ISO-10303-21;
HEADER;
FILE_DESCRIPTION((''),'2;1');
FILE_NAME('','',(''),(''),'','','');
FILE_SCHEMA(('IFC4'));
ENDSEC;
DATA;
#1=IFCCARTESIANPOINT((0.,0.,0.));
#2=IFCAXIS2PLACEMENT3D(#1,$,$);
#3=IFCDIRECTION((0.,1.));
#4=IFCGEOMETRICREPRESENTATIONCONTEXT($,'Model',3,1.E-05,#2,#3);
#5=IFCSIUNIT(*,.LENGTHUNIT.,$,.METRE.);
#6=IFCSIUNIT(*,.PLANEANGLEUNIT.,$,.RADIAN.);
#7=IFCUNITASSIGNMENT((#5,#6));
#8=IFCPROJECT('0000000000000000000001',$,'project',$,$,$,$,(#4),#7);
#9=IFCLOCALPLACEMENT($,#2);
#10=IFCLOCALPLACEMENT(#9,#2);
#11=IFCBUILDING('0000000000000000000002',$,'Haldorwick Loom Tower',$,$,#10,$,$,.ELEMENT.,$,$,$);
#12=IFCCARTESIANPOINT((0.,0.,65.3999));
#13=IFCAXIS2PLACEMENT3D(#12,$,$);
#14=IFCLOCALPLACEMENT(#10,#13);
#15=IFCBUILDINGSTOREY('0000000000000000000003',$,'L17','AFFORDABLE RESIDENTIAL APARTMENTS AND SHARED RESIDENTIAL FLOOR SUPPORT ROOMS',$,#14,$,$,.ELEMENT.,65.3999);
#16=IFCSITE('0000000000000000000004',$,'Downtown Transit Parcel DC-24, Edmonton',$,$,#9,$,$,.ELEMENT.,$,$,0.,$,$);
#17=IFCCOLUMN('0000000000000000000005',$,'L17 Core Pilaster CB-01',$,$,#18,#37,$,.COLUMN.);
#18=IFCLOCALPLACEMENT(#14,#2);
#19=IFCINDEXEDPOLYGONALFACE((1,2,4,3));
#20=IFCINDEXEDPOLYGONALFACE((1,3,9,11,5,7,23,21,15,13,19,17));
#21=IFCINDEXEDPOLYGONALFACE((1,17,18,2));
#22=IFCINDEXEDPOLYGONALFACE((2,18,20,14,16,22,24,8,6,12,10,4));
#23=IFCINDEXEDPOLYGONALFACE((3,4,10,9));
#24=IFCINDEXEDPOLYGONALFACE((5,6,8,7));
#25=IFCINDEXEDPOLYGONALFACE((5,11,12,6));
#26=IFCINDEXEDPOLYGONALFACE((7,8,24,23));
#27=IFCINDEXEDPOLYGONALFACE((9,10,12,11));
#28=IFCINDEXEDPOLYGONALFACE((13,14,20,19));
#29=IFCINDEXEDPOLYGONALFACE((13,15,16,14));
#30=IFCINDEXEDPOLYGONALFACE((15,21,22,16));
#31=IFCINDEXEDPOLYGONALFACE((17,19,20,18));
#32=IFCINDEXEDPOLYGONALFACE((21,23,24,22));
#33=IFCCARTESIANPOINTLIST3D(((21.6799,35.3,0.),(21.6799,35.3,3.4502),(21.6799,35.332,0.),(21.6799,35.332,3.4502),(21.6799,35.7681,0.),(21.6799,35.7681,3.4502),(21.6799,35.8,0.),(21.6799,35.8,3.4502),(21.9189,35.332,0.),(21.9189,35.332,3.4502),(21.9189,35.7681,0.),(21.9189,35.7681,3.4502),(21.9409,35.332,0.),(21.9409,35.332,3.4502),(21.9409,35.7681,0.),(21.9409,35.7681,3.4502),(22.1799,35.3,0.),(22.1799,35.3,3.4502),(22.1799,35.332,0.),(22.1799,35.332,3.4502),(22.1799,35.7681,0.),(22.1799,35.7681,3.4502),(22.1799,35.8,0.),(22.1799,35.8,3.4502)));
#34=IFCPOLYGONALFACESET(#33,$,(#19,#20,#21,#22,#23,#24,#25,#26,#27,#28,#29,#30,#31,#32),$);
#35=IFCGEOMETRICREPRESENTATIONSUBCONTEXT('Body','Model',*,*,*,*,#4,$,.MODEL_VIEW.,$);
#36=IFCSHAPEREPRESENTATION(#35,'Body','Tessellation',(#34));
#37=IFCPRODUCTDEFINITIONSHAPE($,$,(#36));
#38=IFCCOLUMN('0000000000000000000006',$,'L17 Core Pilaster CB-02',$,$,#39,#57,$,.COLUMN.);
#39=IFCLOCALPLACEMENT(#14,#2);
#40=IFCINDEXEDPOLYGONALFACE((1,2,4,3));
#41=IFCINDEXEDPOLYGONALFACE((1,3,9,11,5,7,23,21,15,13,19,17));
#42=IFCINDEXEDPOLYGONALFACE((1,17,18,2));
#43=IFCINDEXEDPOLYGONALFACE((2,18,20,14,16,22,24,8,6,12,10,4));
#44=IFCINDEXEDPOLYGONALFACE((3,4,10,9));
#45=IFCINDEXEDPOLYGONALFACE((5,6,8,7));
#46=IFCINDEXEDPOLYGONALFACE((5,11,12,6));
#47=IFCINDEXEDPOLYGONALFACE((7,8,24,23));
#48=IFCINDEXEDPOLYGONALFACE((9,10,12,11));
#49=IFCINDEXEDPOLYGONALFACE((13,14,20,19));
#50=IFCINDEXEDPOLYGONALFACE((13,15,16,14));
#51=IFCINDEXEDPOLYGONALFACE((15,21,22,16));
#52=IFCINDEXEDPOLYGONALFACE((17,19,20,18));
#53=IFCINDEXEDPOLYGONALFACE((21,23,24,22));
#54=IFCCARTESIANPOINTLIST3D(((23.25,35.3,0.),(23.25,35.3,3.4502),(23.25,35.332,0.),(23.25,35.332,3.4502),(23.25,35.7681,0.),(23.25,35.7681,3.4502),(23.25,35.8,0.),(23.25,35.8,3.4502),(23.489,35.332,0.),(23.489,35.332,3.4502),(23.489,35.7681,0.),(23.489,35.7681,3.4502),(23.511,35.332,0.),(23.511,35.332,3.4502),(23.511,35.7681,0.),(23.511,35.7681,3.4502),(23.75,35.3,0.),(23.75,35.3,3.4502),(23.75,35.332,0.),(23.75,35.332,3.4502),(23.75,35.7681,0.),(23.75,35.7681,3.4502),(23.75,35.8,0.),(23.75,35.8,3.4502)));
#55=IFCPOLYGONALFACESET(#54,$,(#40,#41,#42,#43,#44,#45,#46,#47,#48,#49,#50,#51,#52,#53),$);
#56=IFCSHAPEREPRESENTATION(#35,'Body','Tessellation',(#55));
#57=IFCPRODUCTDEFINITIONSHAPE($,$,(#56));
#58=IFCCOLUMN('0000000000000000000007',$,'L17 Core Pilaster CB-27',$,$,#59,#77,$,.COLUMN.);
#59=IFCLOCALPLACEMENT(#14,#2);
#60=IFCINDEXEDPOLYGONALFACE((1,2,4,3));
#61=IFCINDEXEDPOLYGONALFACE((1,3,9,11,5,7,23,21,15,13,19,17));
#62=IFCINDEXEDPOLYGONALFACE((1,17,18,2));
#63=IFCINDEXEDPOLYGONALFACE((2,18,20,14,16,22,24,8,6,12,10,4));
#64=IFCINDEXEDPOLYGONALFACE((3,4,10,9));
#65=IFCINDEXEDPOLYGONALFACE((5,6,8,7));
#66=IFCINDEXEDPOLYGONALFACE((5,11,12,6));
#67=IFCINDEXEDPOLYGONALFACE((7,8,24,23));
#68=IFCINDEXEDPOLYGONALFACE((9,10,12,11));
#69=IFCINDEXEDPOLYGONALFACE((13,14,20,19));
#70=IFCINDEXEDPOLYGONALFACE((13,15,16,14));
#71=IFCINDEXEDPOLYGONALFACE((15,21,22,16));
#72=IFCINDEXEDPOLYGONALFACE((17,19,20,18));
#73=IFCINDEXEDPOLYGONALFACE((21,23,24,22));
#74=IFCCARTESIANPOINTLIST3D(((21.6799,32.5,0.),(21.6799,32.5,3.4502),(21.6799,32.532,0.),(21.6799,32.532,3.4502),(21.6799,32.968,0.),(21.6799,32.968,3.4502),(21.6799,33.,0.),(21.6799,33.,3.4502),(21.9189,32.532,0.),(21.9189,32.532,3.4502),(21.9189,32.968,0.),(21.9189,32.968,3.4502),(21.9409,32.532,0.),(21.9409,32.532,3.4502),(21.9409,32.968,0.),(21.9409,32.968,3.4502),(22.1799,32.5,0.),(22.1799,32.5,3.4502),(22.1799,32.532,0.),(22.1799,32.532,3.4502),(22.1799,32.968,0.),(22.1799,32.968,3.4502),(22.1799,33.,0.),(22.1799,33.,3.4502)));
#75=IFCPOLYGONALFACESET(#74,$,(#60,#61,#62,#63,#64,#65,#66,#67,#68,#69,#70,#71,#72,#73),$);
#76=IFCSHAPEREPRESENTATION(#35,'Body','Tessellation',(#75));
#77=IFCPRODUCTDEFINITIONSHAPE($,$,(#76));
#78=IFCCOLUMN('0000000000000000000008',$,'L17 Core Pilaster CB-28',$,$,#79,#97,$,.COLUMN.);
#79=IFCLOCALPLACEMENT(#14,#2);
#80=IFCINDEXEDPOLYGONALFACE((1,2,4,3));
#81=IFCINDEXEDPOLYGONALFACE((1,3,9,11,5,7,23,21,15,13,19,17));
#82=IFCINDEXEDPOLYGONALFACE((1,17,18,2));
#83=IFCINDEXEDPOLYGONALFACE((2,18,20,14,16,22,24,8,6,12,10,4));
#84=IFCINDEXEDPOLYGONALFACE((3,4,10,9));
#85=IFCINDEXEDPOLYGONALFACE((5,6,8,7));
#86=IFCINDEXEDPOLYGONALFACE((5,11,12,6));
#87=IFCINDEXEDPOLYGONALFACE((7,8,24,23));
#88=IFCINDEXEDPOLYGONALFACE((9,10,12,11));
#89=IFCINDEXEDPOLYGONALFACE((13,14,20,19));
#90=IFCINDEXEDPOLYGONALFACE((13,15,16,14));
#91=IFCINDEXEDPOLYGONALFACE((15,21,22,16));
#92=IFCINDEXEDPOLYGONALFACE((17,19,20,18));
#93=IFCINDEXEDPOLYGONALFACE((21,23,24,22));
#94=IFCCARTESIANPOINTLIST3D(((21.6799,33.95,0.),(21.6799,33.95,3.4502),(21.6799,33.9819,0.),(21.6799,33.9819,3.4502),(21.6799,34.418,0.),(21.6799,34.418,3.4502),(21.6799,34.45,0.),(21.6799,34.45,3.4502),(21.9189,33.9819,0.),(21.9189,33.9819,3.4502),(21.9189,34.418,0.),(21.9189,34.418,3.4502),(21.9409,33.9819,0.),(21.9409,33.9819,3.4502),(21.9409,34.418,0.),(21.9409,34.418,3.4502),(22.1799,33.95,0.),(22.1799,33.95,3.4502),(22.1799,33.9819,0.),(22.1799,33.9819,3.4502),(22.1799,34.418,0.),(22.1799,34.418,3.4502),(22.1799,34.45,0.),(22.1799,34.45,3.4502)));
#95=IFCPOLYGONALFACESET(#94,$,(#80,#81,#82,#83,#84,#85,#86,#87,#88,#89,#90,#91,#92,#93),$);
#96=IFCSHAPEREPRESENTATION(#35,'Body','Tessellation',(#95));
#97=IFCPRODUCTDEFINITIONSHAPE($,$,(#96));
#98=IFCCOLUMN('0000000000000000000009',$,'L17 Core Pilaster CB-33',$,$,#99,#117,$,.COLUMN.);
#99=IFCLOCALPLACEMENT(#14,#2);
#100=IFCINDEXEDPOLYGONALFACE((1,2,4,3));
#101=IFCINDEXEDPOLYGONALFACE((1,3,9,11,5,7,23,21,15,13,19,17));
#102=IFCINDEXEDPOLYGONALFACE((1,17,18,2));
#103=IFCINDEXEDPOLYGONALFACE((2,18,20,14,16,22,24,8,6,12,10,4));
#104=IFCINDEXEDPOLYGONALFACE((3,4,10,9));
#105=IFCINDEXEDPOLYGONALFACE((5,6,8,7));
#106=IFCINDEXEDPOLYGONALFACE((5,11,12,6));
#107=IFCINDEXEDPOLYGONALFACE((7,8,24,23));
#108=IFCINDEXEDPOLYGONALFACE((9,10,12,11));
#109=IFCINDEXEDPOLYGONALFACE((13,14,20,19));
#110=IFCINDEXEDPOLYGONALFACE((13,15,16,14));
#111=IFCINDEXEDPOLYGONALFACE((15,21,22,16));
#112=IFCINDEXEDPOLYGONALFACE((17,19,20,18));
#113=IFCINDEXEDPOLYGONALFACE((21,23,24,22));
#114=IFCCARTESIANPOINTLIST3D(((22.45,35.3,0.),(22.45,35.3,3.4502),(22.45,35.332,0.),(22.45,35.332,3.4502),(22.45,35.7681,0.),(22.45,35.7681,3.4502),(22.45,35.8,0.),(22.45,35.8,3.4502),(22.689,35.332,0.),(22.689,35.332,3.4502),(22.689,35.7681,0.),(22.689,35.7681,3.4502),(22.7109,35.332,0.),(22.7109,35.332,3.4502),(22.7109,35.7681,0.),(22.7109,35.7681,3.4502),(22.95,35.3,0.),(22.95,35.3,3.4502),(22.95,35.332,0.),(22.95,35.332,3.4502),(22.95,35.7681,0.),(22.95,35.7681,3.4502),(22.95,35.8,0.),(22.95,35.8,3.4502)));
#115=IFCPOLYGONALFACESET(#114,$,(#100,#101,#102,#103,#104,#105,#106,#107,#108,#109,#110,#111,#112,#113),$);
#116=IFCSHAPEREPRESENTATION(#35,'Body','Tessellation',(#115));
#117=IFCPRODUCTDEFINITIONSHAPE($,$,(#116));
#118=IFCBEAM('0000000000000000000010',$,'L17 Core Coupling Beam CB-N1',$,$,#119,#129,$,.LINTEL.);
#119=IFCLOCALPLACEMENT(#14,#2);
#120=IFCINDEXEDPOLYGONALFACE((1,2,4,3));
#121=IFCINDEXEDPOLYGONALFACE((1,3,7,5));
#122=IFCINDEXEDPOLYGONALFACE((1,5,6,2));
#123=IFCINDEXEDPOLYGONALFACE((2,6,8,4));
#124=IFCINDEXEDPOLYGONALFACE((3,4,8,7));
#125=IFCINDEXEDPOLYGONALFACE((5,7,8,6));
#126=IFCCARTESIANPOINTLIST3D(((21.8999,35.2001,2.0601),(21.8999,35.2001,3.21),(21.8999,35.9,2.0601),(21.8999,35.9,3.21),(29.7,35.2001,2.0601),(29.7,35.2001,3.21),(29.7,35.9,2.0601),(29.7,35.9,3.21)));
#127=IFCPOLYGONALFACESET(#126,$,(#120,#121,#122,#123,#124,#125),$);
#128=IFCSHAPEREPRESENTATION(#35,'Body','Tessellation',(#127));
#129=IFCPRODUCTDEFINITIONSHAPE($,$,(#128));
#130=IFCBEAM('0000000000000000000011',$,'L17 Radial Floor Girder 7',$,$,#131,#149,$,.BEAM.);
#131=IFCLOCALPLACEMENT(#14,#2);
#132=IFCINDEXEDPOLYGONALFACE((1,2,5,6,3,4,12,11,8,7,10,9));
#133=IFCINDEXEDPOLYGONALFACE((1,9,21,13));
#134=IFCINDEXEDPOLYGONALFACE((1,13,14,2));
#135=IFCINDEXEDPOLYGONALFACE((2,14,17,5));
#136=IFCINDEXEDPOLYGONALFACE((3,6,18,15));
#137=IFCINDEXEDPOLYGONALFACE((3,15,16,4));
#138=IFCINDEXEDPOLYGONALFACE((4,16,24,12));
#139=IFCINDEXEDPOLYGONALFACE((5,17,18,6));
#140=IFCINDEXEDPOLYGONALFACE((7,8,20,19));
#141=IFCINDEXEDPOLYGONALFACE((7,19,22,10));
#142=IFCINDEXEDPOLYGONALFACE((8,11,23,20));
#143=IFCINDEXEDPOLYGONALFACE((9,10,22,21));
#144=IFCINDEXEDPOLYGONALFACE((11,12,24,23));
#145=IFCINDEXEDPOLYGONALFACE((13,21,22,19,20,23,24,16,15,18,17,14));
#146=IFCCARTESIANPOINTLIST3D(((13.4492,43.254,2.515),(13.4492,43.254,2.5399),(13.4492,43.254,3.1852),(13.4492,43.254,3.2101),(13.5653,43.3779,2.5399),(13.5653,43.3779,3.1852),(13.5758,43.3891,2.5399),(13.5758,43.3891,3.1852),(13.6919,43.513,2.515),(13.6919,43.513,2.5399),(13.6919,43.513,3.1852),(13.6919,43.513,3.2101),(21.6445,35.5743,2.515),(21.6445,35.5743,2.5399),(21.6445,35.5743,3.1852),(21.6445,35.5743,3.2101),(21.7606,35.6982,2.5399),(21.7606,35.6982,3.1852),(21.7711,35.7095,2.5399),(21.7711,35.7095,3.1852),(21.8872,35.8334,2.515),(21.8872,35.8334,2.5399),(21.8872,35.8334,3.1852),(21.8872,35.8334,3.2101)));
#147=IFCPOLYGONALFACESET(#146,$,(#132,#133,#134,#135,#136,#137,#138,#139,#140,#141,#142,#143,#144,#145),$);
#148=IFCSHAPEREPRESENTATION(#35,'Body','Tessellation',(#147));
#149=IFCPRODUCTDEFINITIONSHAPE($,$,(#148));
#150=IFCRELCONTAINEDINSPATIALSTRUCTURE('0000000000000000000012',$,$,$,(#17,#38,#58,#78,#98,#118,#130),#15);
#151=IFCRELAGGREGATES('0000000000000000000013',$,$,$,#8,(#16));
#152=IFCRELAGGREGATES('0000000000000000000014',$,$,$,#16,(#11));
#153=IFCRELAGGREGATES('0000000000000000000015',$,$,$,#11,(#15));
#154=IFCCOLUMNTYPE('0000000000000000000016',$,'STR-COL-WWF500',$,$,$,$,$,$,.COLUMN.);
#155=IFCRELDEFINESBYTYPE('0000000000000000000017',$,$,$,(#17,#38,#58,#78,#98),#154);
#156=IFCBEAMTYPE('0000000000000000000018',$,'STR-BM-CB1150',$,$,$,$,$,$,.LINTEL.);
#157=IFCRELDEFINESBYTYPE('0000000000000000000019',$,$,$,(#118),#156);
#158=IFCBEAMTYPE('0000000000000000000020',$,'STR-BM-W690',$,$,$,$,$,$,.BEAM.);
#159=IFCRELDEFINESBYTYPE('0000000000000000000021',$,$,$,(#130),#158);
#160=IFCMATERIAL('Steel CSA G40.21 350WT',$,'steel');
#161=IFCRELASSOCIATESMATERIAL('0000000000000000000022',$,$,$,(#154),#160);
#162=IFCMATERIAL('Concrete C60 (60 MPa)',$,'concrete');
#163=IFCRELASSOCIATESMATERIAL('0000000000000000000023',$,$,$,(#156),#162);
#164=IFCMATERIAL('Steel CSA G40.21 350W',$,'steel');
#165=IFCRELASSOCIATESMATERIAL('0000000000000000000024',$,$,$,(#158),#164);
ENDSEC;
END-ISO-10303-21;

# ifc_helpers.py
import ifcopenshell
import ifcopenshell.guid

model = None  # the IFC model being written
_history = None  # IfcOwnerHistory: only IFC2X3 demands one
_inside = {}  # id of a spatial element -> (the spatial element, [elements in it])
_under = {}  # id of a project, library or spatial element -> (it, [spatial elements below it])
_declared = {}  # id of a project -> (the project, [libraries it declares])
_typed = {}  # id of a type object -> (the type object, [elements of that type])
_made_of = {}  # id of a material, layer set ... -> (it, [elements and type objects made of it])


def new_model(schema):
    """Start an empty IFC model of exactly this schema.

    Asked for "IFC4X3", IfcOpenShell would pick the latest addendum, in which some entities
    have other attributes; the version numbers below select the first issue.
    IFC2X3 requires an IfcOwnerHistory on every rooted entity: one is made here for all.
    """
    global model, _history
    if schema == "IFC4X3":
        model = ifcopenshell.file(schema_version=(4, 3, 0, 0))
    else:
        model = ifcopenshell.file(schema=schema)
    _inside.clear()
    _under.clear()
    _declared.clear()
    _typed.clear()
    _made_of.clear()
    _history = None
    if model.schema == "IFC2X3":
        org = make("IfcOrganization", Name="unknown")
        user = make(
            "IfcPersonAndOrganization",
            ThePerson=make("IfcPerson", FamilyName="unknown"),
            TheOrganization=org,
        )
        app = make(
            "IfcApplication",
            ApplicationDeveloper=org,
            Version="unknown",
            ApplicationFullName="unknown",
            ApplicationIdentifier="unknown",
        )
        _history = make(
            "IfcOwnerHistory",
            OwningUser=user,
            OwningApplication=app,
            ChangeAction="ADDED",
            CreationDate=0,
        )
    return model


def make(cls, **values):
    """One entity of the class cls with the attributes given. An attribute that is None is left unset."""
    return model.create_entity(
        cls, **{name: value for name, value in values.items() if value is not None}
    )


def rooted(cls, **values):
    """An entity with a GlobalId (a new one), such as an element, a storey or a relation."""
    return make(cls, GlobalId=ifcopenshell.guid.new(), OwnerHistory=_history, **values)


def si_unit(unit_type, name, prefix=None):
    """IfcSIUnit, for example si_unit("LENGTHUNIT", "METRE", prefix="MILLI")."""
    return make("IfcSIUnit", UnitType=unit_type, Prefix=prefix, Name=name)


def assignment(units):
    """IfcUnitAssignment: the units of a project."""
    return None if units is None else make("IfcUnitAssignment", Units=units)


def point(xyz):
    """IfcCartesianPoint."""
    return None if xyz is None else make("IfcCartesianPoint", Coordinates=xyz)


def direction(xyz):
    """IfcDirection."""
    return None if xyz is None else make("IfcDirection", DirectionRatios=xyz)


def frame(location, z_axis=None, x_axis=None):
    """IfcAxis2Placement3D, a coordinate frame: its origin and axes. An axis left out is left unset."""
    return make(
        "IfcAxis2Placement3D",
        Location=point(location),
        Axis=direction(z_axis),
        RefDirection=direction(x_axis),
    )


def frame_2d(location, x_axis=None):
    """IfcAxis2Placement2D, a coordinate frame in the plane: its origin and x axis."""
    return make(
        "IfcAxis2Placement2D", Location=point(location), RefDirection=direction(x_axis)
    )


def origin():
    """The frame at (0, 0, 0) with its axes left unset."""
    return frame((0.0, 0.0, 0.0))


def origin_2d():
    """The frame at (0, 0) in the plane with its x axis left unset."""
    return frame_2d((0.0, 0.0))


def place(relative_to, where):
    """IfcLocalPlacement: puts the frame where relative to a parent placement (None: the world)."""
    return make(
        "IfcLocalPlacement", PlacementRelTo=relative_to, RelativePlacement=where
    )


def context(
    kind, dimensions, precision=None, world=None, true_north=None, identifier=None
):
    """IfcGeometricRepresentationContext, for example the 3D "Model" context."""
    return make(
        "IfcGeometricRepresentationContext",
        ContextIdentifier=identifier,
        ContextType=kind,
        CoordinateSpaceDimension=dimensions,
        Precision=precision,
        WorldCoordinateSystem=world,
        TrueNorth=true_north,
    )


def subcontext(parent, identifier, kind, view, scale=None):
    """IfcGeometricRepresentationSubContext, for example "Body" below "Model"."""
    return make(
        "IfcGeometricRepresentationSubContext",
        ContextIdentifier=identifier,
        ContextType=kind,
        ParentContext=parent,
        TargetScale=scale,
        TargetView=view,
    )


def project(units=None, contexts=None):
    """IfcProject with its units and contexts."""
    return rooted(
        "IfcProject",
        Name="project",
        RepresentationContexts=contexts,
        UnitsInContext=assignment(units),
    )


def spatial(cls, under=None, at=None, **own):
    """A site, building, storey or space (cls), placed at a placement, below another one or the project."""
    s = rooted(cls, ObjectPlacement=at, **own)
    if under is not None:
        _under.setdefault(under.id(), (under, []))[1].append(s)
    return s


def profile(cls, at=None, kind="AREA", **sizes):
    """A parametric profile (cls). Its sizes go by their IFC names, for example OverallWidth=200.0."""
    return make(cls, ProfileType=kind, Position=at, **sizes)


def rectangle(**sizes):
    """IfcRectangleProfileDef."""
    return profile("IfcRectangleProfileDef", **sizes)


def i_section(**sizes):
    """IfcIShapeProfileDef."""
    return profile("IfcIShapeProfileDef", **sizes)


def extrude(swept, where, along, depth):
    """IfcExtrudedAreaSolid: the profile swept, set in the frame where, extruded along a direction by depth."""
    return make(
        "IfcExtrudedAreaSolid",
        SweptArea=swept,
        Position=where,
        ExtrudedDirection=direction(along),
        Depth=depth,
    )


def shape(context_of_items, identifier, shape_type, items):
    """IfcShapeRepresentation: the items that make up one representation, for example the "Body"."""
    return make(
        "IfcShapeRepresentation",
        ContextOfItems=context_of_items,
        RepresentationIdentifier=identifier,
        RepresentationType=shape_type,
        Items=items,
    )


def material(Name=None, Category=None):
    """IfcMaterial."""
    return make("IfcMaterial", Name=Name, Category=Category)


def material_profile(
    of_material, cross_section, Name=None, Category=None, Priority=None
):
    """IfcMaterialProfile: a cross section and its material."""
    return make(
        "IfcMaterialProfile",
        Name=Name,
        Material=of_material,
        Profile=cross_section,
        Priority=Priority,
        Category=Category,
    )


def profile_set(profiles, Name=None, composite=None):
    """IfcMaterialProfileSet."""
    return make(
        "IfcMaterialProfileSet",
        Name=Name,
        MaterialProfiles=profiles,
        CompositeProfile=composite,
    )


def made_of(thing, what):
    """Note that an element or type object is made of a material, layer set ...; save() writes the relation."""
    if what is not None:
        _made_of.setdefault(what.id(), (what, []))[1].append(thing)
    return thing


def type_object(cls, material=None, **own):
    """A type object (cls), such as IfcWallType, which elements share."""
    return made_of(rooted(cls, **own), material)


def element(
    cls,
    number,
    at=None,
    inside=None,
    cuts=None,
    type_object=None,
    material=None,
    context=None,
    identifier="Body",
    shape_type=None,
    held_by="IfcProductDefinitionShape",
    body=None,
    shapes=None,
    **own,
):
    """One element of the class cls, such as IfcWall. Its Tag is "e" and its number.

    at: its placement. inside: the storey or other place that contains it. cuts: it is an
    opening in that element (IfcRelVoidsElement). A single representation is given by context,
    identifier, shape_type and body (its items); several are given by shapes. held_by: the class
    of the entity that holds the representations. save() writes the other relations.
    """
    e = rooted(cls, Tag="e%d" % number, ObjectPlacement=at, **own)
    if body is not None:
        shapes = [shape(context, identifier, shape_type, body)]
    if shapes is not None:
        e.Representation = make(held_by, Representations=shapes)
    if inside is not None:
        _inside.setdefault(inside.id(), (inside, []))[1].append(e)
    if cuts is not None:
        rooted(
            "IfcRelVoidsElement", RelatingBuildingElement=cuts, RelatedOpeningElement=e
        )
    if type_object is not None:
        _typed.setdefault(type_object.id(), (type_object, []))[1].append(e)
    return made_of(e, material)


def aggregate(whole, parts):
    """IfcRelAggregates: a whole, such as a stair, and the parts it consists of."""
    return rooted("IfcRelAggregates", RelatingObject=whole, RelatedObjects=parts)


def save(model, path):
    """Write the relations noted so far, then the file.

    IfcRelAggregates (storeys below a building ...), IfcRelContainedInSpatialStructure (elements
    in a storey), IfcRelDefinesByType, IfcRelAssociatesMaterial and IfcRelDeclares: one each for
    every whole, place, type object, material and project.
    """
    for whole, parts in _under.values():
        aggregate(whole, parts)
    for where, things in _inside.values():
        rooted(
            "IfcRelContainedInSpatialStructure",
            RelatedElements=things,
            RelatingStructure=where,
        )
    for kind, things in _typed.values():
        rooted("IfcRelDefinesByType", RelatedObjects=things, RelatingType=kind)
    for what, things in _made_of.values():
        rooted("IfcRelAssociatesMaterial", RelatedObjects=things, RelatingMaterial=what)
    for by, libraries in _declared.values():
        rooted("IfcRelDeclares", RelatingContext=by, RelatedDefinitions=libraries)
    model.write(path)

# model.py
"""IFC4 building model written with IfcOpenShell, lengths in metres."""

from ifc_helpers import new_model, si_unit, direction, frame, origin, origin_2d, place, context, subcontext, project, spatial, rectangle, i_section, extrude, material, material_profile, profile_set, type_object, element, save


model = new_model("IFC4")

# Units and contexts
model_context = context("Model", 3, precision=1e-05, world=origin(), true_north=direction((0.0, 1.0)))
body_context = subcontext(model_context, "Body", "Model", "MODEL_VIEW")
ifc_project = project(units=[si_unit("LENGTHUNIT", "METRE"), si_unit("PLANEANGLEUNIT", "RADIAN")], contexts=[model_context])

# Site, building, storey
site_placement = place(None, origin())
site = spatial("IfcSite", under=ifc_project, at=site_placement, Name="Downtown Transit Parcel DC-24, Edmonton", CompositionType="ELEMENT", RefElevation=0.0)
building_placement = place(site_placement, origin())
building = spatial("IfcBuilding", under=site, at=building_placement, Name="Haldorwick Loom Tower", CompositionType="ELEMENT")
storey_placement = place(building_placement, frame((0.0, 0.0, 65.3999)))
storey = spatial("IfcBuildingStorey", under=building, at=storey_placement, Name="L17", Description="AFFORDABLE RESIDENTIAL APARTMENTS AND SHARED RESIDENTIAL FLOOR SUPPORT ROOMS", CompositionType="ELEMENT", Elevation=65.3999)

# Columns
ifc_material_1 = material(Name="Steel CSA G40.21 350WT", Category="steel")
ifc_material_profile_1 = material_profile(ifc_material_1, i_section(OverallWidth=0.5, OverallDepth=0.5, WebThickness=0.022, FlangeThickness=0.032, at=origin_2d()), Name="WWF500X500", Category="steel")
ifc_profile_set_1 = profile_set([ifc_material_profile_1], Name="Steel CSA G40.21 350WT")
column_type = type_object("IfcColumnType", Name="STR-COL-WWF500", PredefinedType="COLUMN", material=ifc_profile_set_1)
for number, where, z_axis, x_axis, name in (
    (1, (21.9299, 35.55, 0.0), (0.0, 0.0, 1.0), (1.0, 0.0, 0.0), "L17 Core Pilaster CB-01"),
    (2, (23.5, 35.55, 0.0), (0.0, 0.0, 1.0), (1.0, 0.0, 0.0), "L17 Core Pilaster CB-02"),
    (3, (21.9299, 32.75, 0.0), (0.0, 0.0, 1.0), (1.0, 0.0, 0.0), "L17 Core Pilaster CB-27"),
    (4, (21.9299, 34.2, 0.0), (0.0, 0.0, 1.0), (1.0, 0.0, 0.0), "L17 Core Pilaster CB-28"),
    (5, (22.7, 35.55, 0.0), (0.0, 0.0, 1.0), (1.0, 0.0, 0.0), "L17 Core Pilaster CB-33"),
):
    element("IfcColumn", number, at=place(storey_placement, frame(where, z_axis=z_axis, x_axis=x_axis)), inside=storey, type_object=column_type, Name=name, PredefinedType="COLUMN", context=body_context, shape_type="SweptSolid", body=[
        extrude(i_section(OverallWidth=0.5, OverallDepth=0.5, WebThickness=0.022, FlangeThickness=0.032, at=origin_2d()), origin(), (0.0, 0.0, 1.0), 3.4502),
    ])

# Beams
ifc_material_2 = material(Name="Concrete C60 (60 MPa)", Category="concrete")
ifc_material_profile_2 = material_profile(ifc_material_2, rectangle(XDim=0.7, YDim=1.1499, at=origin_2d()), Name="RC700X1150", Category="concrete")
ifc_profile_set_2 = profile_set([ifc_material_profile_2], Name="Concrete C60 (60 MPa)")
beam_type_1 = type_object("IfcBeamType", Name="STR-BM-CB1150", PredefinedType="LINTEL", material=ifc_profile_set_2)
beam_1_placement = place(storey_placement, frame((21.8999, 35.55, 2.635), z_axis=(1.0, 0.0, 0.0), x_axis=(0.0, 1.0, 0.0)))
element("IfcBeam", 6, at=beam_1_placement, inside=storey, type_object=beam_type_1, Name="L17 Core Coupling Beam CB-N1", PredefinedType="LINTEL", context=body_context, shape_type="SweptSolid", body=[
    extrude(rectangle(XDim=0.7, YDim=1.1499, at=origin_2d()), origin(), (0.0, 0.0, 1.0), 7.8),
])
ifc_material_3 = material(Name="Steel CSA G40.21 350W", Category="steel")
ifc_material_profile_3 = material_profile(ifc_material_3, i_section(OverallWidth=0.355, OverallDepth=0.6951, WebThickness=0.0154, FlangeThickness=0.0249, at=origin_2d()), Name="W690X217", Category="steel")
ifc_profile_set_3 = profile_set([ifc_material_profile_3], Name="Steel CSA G40.21 350W")
beam_type_2 = type_object("IfcBeamType", Name="STR-BM-W690", PredefinedType="BEAM", material=ifc_profile_set_3)
beam_2_placement = place(storey_placement, frame((21.7659, 35.7039, 2.8625), z_axis=(-0.729689, 0.683779, 0.0), x_axis=(-0.683779, -0.729689, 0.0)))
element("IfcBeam", 7, at=beam_2_placement, inside=storey, type_object=beam_type_2, Name="L17 Radial Floor Girder 7", PredefinedType="BEAM", context=body_context, shape_type="SweptSolid", body=[
    extrude(i_section(OverallWidth=0.355, OverallDepth=0.6951, WebThickness=0.0154, FlangeThickness=0.0249, at=origin_2d()), origin(), (0.0, 0.0, 1.0), 11.2312),
])

save(model, "model.ifc")
